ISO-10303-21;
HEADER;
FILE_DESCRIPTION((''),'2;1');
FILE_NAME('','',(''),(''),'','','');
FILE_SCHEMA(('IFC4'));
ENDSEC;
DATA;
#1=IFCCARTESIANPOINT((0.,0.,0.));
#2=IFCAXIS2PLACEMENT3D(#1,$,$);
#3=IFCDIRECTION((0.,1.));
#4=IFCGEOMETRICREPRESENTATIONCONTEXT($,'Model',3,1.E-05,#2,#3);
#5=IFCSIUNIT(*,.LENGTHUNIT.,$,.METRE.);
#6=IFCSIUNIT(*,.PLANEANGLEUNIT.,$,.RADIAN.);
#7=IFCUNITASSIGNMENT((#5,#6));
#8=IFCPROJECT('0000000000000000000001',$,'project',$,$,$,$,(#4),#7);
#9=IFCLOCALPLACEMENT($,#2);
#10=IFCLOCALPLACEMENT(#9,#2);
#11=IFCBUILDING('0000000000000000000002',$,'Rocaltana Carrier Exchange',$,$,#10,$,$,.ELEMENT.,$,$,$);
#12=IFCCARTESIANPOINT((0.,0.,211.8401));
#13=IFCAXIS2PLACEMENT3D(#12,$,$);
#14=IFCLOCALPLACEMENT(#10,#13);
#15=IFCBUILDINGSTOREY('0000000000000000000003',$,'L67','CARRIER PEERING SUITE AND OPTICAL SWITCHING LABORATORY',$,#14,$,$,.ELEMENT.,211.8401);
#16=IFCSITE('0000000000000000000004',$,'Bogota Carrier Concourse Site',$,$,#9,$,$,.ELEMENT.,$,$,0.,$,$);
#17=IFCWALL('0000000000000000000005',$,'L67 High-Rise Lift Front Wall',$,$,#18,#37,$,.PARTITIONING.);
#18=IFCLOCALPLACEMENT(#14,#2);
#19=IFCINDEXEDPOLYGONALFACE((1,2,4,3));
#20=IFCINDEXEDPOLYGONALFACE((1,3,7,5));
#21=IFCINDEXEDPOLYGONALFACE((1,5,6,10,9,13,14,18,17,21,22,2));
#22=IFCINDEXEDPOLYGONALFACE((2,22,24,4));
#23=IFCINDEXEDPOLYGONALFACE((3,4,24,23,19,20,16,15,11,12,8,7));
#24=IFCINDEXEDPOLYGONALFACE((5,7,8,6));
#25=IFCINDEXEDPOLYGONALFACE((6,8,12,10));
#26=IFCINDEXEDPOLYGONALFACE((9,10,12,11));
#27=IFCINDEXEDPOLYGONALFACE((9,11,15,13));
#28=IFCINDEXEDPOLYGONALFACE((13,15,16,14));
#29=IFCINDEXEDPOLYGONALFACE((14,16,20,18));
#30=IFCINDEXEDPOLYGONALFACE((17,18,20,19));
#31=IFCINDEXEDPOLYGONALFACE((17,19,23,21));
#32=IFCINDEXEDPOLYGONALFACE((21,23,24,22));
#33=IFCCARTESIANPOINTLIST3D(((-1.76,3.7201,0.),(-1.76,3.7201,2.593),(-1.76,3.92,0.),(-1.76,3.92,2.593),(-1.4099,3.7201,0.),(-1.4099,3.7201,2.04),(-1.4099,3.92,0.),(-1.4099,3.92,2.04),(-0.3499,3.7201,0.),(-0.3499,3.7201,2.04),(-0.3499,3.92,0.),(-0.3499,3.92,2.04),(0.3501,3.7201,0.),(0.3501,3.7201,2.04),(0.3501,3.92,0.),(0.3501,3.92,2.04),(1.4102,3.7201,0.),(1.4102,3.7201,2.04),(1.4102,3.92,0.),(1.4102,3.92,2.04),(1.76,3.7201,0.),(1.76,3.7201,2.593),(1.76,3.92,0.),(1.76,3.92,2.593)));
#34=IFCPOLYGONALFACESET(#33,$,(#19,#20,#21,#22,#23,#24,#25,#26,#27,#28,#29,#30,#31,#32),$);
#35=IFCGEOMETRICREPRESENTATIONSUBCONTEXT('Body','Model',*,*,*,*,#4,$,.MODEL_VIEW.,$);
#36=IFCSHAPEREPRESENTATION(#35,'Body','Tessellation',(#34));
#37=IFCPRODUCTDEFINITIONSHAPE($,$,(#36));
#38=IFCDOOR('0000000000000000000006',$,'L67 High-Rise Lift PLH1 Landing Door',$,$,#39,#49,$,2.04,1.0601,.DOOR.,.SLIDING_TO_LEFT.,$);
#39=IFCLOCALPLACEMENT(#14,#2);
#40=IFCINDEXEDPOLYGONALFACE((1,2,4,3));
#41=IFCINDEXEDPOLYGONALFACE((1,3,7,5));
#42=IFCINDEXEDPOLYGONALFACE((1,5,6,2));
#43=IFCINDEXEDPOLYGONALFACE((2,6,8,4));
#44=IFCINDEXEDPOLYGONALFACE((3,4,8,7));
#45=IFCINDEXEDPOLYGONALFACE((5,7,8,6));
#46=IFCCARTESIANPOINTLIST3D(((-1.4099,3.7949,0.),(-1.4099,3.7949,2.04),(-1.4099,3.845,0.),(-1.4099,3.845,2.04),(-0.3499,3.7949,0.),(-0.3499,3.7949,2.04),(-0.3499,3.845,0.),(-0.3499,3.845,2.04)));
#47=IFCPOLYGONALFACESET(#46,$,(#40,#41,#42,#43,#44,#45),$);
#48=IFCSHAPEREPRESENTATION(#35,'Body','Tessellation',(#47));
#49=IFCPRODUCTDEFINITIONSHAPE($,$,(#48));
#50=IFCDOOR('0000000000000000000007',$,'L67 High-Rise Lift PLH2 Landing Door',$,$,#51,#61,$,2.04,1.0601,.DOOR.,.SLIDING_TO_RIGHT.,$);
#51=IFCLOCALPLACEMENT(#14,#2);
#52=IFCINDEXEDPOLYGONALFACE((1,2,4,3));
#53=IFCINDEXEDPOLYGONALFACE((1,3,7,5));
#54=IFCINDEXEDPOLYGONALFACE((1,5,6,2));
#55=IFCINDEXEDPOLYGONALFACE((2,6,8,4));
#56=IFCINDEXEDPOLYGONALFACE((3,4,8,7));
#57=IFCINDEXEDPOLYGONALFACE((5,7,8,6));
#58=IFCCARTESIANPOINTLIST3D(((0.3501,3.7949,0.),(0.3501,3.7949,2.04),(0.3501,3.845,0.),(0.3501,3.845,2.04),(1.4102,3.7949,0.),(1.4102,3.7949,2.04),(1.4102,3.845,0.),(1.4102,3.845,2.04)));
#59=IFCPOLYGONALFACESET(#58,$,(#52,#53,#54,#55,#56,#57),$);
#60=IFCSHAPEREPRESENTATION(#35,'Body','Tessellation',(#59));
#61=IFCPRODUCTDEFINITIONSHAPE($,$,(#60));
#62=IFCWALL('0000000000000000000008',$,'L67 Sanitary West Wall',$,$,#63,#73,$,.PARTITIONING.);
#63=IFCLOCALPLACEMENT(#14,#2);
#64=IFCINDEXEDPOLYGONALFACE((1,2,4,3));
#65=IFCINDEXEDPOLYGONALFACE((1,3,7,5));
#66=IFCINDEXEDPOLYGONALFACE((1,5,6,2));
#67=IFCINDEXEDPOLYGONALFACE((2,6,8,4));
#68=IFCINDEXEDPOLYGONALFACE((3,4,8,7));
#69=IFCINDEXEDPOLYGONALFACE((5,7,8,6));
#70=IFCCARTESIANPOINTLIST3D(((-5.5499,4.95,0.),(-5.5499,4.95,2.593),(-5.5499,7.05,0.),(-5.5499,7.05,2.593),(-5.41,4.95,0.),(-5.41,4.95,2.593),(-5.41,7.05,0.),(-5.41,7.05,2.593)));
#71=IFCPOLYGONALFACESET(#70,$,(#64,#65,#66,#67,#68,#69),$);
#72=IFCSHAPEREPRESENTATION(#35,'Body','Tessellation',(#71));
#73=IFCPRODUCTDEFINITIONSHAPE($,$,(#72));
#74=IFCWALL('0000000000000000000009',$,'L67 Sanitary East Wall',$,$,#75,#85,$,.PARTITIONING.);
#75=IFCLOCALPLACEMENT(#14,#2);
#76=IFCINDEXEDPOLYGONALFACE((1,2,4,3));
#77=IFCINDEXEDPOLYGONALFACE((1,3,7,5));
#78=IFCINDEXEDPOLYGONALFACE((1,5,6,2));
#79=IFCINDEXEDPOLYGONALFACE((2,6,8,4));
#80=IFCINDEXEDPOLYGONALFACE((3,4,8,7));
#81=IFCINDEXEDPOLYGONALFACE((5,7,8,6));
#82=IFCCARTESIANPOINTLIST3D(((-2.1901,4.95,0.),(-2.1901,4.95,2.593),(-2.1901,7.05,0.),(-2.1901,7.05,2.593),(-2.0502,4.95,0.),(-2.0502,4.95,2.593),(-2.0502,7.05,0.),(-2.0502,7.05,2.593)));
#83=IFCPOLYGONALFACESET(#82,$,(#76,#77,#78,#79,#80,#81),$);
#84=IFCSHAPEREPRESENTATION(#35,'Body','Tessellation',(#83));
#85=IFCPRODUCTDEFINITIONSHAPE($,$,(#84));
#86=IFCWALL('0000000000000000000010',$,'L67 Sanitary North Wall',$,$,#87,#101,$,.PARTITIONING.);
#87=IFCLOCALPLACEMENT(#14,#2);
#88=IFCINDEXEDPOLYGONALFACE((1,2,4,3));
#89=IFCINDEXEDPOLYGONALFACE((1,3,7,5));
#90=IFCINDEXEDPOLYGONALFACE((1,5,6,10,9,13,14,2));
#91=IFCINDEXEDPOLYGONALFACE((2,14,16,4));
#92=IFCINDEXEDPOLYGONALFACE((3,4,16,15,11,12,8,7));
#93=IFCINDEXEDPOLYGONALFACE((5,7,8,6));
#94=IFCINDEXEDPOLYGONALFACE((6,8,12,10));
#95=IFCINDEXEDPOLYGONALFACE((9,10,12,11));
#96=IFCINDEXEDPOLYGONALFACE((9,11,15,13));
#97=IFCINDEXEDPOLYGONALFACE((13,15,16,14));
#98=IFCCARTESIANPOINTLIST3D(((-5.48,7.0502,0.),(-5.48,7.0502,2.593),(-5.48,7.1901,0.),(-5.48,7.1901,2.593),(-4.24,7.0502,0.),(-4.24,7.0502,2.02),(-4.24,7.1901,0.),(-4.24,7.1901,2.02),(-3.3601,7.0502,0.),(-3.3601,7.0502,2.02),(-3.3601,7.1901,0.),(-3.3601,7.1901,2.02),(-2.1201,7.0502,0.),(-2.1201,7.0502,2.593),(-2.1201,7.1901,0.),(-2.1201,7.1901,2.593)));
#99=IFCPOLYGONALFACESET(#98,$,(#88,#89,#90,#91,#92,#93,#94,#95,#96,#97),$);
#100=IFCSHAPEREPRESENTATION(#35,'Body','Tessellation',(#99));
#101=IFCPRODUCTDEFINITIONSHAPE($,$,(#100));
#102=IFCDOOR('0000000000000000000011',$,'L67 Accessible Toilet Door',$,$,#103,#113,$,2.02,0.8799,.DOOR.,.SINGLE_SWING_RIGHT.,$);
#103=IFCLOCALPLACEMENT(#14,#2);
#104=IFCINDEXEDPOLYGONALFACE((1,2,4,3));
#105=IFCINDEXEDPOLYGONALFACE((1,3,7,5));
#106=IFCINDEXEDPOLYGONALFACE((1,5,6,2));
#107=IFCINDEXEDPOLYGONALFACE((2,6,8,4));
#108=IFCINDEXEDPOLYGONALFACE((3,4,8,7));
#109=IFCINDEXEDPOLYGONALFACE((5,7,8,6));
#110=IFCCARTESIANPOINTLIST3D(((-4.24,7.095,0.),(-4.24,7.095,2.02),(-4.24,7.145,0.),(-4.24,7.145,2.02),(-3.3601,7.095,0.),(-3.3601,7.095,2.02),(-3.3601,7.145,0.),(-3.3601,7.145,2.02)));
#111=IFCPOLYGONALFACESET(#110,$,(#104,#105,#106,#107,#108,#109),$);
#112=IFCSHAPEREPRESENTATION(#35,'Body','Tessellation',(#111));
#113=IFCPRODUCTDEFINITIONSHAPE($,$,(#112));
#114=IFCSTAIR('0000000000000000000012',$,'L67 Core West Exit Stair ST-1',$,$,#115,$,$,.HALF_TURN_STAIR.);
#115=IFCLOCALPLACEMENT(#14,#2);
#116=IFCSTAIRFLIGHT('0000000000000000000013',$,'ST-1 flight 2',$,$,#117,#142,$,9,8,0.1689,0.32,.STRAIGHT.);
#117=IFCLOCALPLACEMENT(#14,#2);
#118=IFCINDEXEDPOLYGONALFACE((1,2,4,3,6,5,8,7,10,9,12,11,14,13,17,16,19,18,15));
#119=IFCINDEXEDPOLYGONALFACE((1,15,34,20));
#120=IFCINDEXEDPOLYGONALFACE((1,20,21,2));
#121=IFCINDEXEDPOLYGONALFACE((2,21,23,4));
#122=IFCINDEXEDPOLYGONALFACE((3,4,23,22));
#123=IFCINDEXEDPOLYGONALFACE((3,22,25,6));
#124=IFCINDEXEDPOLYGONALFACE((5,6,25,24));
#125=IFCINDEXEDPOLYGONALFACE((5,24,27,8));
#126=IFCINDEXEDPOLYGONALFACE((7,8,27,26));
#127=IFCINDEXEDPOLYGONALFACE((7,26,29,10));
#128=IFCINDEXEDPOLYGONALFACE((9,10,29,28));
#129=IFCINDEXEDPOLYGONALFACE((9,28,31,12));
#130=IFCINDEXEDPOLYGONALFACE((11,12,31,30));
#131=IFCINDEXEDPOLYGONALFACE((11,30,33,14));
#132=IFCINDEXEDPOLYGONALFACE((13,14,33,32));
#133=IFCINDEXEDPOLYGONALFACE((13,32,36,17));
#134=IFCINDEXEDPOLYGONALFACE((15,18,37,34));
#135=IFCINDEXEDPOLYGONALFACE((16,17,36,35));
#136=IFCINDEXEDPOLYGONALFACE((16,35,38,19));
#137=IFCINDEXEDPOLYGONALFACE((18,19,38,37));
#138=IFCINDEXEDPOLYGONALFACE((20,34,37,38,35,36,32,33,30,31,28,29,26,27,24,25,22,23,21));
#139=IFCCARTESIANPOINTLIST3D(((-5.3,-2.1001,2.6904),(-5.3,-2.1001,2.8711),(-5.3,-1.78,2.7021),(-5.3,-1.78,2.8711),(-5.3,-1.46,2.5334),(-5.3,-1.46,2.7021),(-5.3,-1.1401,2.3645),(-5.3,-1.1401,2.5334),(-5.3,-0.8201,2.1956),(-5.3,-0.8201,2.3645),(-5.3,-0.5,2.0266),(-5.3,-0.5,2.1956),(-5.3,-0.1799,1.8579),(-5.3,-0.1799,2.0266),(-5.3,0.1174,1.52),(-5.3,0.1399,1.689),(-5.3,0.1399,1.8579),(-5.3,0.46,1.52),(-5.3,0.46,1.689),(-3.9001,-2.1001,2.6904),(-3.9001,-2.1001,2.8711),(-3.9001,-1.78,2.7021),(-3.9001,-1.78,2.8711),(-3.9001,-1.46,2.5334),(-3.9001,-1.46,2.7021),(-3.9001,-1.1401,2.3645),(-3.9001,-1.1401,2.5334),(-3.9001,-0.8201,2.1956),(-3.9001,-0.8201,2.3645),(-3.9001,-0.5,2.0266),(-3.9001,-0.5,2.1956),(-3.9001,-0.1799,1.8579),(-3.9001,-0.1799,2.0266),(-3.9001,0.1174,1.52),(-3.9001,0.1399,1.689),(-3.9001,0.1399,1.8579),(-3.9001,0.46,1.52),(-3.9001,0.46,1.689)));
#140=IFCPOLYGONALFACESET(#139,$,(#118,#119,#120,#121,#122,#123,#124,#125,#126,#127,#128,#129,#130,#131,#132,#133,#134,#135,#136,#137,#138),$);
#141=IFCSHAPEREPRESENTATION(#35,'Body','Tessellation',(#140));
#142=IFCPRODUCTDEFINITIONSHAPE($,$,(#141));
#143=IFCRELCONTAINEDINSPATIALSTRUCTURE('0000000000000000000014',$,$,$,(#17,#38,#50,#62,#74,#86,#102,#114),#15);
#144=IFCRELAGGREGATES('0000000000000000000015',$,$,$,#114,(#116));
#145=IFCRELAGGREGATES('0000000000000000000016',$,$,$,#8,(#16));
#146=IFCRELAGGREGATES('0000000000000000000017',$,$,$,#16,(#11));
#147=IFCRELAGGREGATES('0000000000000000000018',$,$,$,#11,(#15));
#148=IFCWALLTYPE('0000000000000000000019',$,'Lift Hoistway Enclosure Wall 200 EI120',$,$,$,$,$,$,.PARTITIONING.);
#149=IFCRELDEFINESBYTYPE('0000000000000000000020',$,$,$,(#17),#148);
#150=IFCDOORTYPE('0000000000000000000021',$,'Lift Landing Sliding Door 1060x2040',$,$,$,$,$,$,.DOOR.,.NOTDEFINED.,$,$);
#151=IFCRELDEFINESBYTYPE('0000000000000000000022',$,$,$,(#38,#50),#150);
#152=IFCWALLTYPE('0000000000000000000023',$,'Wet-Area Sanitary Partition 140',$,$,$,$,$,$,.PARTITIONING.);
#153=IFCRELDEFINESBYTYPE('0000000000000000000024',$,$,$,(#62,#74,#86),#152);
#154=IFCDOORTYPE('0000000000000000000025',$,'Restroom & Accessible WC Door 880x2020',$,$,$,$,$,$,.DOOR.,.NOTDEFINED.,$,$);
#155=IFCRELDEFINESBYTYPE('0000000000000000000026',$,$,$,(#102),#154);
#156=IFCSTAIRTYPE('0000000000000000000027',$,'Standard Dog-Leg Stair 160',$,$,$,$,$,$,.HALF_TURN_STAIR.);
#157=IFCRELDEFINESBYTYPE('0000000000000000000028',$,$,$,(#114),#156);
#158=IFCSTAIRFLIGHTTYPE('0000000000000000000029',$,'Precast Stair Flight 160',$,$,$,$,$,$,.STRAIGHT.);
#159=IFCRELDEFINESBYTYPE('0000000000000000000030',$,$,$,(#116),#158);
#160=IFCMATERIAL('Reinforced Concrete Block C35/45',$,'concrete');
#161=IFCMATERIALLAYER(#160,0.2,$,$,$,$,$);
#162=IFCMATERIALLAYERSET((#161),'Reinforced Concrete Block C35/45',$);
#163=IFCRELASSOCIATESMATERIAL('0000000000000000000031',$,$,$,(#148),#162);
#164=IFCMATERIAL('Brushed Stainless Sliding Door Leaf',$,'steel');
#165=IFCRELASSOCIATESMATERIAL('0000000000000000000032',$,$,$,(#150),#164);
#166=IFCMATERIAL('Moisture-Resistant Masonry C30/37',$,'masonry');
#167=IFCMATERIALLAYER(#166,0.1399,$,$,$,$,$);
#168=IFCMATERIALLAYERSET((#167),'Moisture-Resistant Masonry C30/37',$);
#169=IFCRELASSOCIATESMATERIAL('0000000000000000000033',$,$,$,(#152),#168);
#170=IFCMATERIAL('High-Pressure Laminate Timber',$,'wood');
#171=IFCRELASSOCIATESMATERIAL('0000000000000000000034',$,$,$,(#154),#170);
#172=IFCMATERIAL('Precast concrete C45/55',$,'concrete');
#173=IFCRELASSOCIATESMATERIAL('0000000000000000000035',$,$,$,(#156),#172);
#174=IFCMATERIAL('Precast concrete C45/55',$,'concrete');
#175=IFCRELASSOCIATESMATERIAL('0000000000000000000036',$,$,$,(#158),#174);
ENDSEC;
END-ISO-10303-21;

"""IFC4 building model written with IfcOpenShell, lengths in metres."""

from ifc_helpers import new_model, si_unit, direction, frame, frame_2d, origin, place, context, subcontext, project, spatial, polyline, rectangle, outline, extrude, material, layer, layer_set, type_object, element, fill, aggregate, save


model = new_model("IFC4")

# Units and contexts
model_context = context("Model", 3, precision=1e-05, world=origin(), true_north=direction((0.0, 1.0)))
body_context = subcontext(model_context, "Body", "Model", "MODEL_VIEW")
ifc_project = project(units=[si_unit("LENGTHUNIT", "METRE"), si_unit("PLANEANGLEUNIT", "RADIAN")], contexts=[model_context])

# Site, building, storey
site_placement = place(None, origin())
site = spatial("IfcSite", under=ifc_project, at=site_placement, Name="Bogota Carrier Concourse Site", CompositionType="ELEMENT", RefElevation=0.0)
building_placement = place(site_placement, origin())
building = spatial("IfcBuilding", under=site, at=building_placement, Name="Rocaltana Carrier Exchange", CompositionType="ELEMENT")
storey_placement = place(building_placement, frame((0.0, 0.0, 211.8401)))
storey = spatial("IfcBuildingStorey", under=building, at=storey_placement, Name="L67", Description="CARRIER PEERING SUITE AND OPTICAL SWITCHING LABORATORY", CompositionType="ELEMENT", Elevation=211.8401)

# Shared definitions
ifc_material_1 = material(Name="Reinforced Concrete Block C35/45", Category="concrete")
ifc_layer_1 = layer(ifc_material_1, 0.2)
ifc_layer_set_1 = layer_set([ifc_layer_1], Name="Reinforced Concrete Block C35/45")
wall_type_1 = type_object("IfcWallType", Name="Lift Hoistway Enclosure Wall 200 EI120", PredefinedType="PARTITIONING", material=ifc_layer_set_1)

# Wall, openings, doors
wall_1_placement = place(storey_placement, frame((-1.76, 3.8201, 0.0), z_axis=(0.0, 0.0, 1.0), x_axis=(1.0, 0.0, 0.0)))
wall_1 = element("IfcWall", 1, at=wall_1_placement, inside=storey, type_object=wall_type_1, Name="L67 High-Rise Lift Front Wall", PredefinedType="PARTITIONING", context=body_context, shape_type="SweptSolid", body=[
    extrude(rectangle(XDim=3.52, YDim=0.2, at=frame_2d((1.76, 0.0))), origin(), (0.0, 0.0, 1.0), 2.593),
])
opening_1_placement = place(wall_1_placement, frame((0.3501, 0.0, 0.0)))
opening_1 = element("IfcOpeningElement", 2, at=opening_1_placement, cuts=wall_1, PredefinedType="OPENING", context=body_context, shape_type="SweptSolid", body=[
    extrude(rectangle(XDim=1.0601, YDim=2.04, at=frame_2d((0.53, 1.02))), frame((0.0, 0.1099, 0.0), z_axis=(0.0, -1.0, 0.0), x_axis=(1.0, 0.0, 0.0)), (0.0, 0.0, 1.0), 0.22),
])
opening_2_placement = place(wall_1_placement, frame((2.1101, 0.0, 0.0)))
opening_2 = element("IfcOpeningElement", 3, at=opening_2_placement, cuts=wall_1, PredefinedType="OPENING", context=body_context, shape_type="SweptSolid", body=[
    extrude(rectangle(XDim=1.0601, YDim=2.04, at=frame_2d((0.53, 1.02))), frame((0.0, 0.1099, 0.0), z_axis=(0.0, -1.0, 0.0), x_axis=(1.0, 0.0, 0.0)), (0.0, 0.0, 1.0), 0.22),
])
ifc_material_2 = material(Name="Brushed Stainless Sliding Door Leaf", Category="steel")
door_type_1 = type_object("IfcDoorType", Name="Lift Landing Sliding Door 1060x2040", OperationType="NOTDEFINED", PredefinedType="DOOR", material=ifc_material_2)
door_1_placement = place(opening_1_placement, origin())
door_1 = element("IfcDoor", 4, at=door_1_placement, inside=storey, type_object=door_type_1, Name="L67 High-Rise Lift PLH1 Landing Door", OperationType="SLIDING_TO_LEFT", OverallHeight=2.04, OverallWidth=1.0601, PredefinedType="DOOR", context=body_context, shape_type="SweptSolid", body=[
    extrude(rectangle(XDim=1.0601, YDim=2.04, at=frame_2d((0.53, 1.02))), frame((0.0, 0.0249, 0.0), z_axis=(0.0, -1.0, 0.0), x_axis=(1.0, 0.0, 0.0)), (0.0, 0.0, 1.0), 0.05),
])
fill(opening_1, door_1)
door_2_placement = place(opening_2_placement, origin())
door_2 = element("IfcDoor", 5, at=door_2_placement, inside=storey, type_object=door_type_1, Name="L67 High-Rise Lift PLH2 Landing Door", OperationType="SLIDING_TO_RIGHT", OverallHeight=2.04, OverallWidth=1.0601, PredefinedType="DOOR", context=body_context, shape_type="SweptSolid", body=[
    extrude(rectangle(XDim=1.0601, YDim=2.04, at=frame_2d((0.53, 1.02))), frame((0.0, 0.0249, 0.0), z_axis=(0.0, -1.0, 0.0), x_axis=(1.0, 0.0, 0.0)), (0.0, 0.0, 1.0), 0.05),
])
fill(opening_2, door_2)

# Walls
ifc_material_3 = material(Name="Moisture-Resistant Masonry C30/37", Category="masonry")
ifc_layer_2 = layer(ifc_material_3, 0.1399)
ifc_layer_set_2 = layer_set([ifc_layer_2], Name="Moisture-Resistant Masonry C30/37")
wall_type_2 = type_object("IfcWallType", Name="Wet-Area Sanitary Partition 140", PredefinedType="PARTITIONING", material=ifc_layer_set_2)
for number, where, z_axis, x_axis, name in (
    (6, (-5.48, 4.95, 0.0), (0.0, 0.0, 1.0), (0.0, 1.0, 0.0), "L67 Sanitary West Wall"),
    (7, (-2.1201, 4.95, 0.0), (0.0, 0.0, 1.0), (0.0, 1.0, 0.0), "L67 Sanitary East Wall"),
):
    element("IfcWall", number, at=place(storey_placement, frame(where, z_axis=z_axis, x_axis=x_axis)), inside=storey, type_object=wall_type_2, Name=name, PredefinedType="PARTITIONING", context=body_context, shape_type="SweptSolid", body=[
        extrude(rectangle(XDim=2.1001, YDim=0.1399, at=frame_2d((1.05, 0.0))), origin(), (0.0, 0.0, 1.0), 2.593),
    ])

# Wall, opening, door
wall_2_placement = place(storey_placement, frame((-5.48, 7.1201, 0.0), z_axis=(0.0, 0.0, 1.0), x_axis=(1.0, 0.0, 0.0)))
wall_2 = element("IfcWall", 8, at=wall_2_placement, inside=storey, type_object=wall_type_2, Name="L67 Sanitary North Wall", PredefinedType="PARTITIONING", context=body_context, shape_type="SweptSolid", body=[
    extrude(rectangle(XDim=3.3599, YDim=0.1399, at=frame_2d((1.6799, 0.0))), origin(), (0.0, 0.0, 1.0), 2.593),
])
opening_3_placement = place(wall_2_placement, frame((1.24, 0.0, 0.0)))
opening_3 = element("IfcOpeningElement", 9, at=opening_3_placement, cuts=wall_2, PredefinedType="OPENING", context=body_context, shape_type="SweptSolid", body=[
    extrude(rectangle(XDim=0.8799, YDim=2.02, at=frame_2d((0.4399, 1.01))), frame((0.0, 0.0798, 0.0), z_axis=(0.0, -1.0, 0.0), x_axis=(1.0, 0.0, 0.0)), (0.0, 0.0, 1.0), 0.1599),
])
ifc_material_4 = material(Name="High-Pressure Laminate Timber", Category="wood")
door_type_2 = type_object("IfcDoorType", Name="Restroom & Accessible WC Door 880x2020", OperationType="NOTDEFINED", PredefinedType="DOOR", material=ifc_material_4)
door_3_placement = place(opening_3_placement, origin())
door_3 = element("IfcDoor", 10, at=door_3_placement, inside=storey, type_object=door_type_2, Name="L67 Accessible Toilet Door", OperationType="SINGLE_SWING_RIGHT", OverallHeight=2.02, OverallWidth=0.8799, PredefinedType="DOOR", context=body_context, shape_type="SweptSolid", body=[
    extrude(rectangle(XDim=0.8799, YDim=2.02, at=frame_2d((0.4399, 1.01))), frame((0.0, 0.0249, 0.0), z_axis=(0.0, -1.0, 0.0), x_axis=(1.0, 0.0, 0.0)), (0.0, 0.0, 1.0), 0.05),
])
fill(opening_3, door_3)

# Stair, stair flight
ifc_material_5 = material(Name="Precast concrete C45/55", Category="concrete")
stair_type = type_object("IfcStairType", Name="Standard Dog-Leg Stair 160", PredefinedType="HALF_TURN_STAIR", material=ifc_material_5)
stair_placement = place(storey_placement, origin())
stair = element("IfcStair", 11, at=stair_placement, inside=storey, type_object=stair_type, Name="L67 Core West Exit Stair ST-1", PredefinedType="HALF_TURN_STAIR")
ifc_material_6 = material(Name="Precast concrete C45/55", Category="concrete")
stair_flight_type = type_object("IfcStairFlightType", Name="Precast Stair Flight 160", PredefinedType="STRAIGHT", material=ifc_material_6)
stair_flight_placement = place(storey_placement, frame((-4.6001, 0.46, 1.52), z_axis=(0.0, 0.0, 1.0), x_axis=(0.0, -1.0, 0.0)))
stair_flight = element("IfcStairFlight", 12, at=stair_flight_placement, type_object=stair_flight_type, Name="ST-1 flight 2", NumberOfRisers=9, NumberOfTreads=8, PredefinedType="STRAIGHT", RiserHeight=0.1689, TreadLength=0.32, context=body_context, shape_type="SweptSolid", body=[
    extrude(outline(polyline([(0.0, 0.0), (0.0, 0.1689), (0.3201, 0.1689), (0.3201, 0.3379), (0.6399, 0.3379), (0.6399, 0.5066), (0.96, 0.5066), (0.96, 0.6755), (1.28, 0.6755), (1.28, 0.8445), (1.6001, 0.8445), (1.6001, 1.0134), (1.9199, 1.0134), (1.9199, 1.1821), (2.24, 1.1821), (2.24, 1.3511), (2.5601, 1.3511), (2.5601, 1.52), (2.5601, 1.1704), (0.3425, 0.0), (0.0, 0.0)])), frame((0.0, 0.7, 0.0), z_axis=(0.0, -1.0, 0.0), x_axis=(1.0, 0.0, 0.0)), (0.0, 0.0, 1.0), 1.3999),
])
aggregate(stair, [stair_flight])

save(model, "model.ifc")
